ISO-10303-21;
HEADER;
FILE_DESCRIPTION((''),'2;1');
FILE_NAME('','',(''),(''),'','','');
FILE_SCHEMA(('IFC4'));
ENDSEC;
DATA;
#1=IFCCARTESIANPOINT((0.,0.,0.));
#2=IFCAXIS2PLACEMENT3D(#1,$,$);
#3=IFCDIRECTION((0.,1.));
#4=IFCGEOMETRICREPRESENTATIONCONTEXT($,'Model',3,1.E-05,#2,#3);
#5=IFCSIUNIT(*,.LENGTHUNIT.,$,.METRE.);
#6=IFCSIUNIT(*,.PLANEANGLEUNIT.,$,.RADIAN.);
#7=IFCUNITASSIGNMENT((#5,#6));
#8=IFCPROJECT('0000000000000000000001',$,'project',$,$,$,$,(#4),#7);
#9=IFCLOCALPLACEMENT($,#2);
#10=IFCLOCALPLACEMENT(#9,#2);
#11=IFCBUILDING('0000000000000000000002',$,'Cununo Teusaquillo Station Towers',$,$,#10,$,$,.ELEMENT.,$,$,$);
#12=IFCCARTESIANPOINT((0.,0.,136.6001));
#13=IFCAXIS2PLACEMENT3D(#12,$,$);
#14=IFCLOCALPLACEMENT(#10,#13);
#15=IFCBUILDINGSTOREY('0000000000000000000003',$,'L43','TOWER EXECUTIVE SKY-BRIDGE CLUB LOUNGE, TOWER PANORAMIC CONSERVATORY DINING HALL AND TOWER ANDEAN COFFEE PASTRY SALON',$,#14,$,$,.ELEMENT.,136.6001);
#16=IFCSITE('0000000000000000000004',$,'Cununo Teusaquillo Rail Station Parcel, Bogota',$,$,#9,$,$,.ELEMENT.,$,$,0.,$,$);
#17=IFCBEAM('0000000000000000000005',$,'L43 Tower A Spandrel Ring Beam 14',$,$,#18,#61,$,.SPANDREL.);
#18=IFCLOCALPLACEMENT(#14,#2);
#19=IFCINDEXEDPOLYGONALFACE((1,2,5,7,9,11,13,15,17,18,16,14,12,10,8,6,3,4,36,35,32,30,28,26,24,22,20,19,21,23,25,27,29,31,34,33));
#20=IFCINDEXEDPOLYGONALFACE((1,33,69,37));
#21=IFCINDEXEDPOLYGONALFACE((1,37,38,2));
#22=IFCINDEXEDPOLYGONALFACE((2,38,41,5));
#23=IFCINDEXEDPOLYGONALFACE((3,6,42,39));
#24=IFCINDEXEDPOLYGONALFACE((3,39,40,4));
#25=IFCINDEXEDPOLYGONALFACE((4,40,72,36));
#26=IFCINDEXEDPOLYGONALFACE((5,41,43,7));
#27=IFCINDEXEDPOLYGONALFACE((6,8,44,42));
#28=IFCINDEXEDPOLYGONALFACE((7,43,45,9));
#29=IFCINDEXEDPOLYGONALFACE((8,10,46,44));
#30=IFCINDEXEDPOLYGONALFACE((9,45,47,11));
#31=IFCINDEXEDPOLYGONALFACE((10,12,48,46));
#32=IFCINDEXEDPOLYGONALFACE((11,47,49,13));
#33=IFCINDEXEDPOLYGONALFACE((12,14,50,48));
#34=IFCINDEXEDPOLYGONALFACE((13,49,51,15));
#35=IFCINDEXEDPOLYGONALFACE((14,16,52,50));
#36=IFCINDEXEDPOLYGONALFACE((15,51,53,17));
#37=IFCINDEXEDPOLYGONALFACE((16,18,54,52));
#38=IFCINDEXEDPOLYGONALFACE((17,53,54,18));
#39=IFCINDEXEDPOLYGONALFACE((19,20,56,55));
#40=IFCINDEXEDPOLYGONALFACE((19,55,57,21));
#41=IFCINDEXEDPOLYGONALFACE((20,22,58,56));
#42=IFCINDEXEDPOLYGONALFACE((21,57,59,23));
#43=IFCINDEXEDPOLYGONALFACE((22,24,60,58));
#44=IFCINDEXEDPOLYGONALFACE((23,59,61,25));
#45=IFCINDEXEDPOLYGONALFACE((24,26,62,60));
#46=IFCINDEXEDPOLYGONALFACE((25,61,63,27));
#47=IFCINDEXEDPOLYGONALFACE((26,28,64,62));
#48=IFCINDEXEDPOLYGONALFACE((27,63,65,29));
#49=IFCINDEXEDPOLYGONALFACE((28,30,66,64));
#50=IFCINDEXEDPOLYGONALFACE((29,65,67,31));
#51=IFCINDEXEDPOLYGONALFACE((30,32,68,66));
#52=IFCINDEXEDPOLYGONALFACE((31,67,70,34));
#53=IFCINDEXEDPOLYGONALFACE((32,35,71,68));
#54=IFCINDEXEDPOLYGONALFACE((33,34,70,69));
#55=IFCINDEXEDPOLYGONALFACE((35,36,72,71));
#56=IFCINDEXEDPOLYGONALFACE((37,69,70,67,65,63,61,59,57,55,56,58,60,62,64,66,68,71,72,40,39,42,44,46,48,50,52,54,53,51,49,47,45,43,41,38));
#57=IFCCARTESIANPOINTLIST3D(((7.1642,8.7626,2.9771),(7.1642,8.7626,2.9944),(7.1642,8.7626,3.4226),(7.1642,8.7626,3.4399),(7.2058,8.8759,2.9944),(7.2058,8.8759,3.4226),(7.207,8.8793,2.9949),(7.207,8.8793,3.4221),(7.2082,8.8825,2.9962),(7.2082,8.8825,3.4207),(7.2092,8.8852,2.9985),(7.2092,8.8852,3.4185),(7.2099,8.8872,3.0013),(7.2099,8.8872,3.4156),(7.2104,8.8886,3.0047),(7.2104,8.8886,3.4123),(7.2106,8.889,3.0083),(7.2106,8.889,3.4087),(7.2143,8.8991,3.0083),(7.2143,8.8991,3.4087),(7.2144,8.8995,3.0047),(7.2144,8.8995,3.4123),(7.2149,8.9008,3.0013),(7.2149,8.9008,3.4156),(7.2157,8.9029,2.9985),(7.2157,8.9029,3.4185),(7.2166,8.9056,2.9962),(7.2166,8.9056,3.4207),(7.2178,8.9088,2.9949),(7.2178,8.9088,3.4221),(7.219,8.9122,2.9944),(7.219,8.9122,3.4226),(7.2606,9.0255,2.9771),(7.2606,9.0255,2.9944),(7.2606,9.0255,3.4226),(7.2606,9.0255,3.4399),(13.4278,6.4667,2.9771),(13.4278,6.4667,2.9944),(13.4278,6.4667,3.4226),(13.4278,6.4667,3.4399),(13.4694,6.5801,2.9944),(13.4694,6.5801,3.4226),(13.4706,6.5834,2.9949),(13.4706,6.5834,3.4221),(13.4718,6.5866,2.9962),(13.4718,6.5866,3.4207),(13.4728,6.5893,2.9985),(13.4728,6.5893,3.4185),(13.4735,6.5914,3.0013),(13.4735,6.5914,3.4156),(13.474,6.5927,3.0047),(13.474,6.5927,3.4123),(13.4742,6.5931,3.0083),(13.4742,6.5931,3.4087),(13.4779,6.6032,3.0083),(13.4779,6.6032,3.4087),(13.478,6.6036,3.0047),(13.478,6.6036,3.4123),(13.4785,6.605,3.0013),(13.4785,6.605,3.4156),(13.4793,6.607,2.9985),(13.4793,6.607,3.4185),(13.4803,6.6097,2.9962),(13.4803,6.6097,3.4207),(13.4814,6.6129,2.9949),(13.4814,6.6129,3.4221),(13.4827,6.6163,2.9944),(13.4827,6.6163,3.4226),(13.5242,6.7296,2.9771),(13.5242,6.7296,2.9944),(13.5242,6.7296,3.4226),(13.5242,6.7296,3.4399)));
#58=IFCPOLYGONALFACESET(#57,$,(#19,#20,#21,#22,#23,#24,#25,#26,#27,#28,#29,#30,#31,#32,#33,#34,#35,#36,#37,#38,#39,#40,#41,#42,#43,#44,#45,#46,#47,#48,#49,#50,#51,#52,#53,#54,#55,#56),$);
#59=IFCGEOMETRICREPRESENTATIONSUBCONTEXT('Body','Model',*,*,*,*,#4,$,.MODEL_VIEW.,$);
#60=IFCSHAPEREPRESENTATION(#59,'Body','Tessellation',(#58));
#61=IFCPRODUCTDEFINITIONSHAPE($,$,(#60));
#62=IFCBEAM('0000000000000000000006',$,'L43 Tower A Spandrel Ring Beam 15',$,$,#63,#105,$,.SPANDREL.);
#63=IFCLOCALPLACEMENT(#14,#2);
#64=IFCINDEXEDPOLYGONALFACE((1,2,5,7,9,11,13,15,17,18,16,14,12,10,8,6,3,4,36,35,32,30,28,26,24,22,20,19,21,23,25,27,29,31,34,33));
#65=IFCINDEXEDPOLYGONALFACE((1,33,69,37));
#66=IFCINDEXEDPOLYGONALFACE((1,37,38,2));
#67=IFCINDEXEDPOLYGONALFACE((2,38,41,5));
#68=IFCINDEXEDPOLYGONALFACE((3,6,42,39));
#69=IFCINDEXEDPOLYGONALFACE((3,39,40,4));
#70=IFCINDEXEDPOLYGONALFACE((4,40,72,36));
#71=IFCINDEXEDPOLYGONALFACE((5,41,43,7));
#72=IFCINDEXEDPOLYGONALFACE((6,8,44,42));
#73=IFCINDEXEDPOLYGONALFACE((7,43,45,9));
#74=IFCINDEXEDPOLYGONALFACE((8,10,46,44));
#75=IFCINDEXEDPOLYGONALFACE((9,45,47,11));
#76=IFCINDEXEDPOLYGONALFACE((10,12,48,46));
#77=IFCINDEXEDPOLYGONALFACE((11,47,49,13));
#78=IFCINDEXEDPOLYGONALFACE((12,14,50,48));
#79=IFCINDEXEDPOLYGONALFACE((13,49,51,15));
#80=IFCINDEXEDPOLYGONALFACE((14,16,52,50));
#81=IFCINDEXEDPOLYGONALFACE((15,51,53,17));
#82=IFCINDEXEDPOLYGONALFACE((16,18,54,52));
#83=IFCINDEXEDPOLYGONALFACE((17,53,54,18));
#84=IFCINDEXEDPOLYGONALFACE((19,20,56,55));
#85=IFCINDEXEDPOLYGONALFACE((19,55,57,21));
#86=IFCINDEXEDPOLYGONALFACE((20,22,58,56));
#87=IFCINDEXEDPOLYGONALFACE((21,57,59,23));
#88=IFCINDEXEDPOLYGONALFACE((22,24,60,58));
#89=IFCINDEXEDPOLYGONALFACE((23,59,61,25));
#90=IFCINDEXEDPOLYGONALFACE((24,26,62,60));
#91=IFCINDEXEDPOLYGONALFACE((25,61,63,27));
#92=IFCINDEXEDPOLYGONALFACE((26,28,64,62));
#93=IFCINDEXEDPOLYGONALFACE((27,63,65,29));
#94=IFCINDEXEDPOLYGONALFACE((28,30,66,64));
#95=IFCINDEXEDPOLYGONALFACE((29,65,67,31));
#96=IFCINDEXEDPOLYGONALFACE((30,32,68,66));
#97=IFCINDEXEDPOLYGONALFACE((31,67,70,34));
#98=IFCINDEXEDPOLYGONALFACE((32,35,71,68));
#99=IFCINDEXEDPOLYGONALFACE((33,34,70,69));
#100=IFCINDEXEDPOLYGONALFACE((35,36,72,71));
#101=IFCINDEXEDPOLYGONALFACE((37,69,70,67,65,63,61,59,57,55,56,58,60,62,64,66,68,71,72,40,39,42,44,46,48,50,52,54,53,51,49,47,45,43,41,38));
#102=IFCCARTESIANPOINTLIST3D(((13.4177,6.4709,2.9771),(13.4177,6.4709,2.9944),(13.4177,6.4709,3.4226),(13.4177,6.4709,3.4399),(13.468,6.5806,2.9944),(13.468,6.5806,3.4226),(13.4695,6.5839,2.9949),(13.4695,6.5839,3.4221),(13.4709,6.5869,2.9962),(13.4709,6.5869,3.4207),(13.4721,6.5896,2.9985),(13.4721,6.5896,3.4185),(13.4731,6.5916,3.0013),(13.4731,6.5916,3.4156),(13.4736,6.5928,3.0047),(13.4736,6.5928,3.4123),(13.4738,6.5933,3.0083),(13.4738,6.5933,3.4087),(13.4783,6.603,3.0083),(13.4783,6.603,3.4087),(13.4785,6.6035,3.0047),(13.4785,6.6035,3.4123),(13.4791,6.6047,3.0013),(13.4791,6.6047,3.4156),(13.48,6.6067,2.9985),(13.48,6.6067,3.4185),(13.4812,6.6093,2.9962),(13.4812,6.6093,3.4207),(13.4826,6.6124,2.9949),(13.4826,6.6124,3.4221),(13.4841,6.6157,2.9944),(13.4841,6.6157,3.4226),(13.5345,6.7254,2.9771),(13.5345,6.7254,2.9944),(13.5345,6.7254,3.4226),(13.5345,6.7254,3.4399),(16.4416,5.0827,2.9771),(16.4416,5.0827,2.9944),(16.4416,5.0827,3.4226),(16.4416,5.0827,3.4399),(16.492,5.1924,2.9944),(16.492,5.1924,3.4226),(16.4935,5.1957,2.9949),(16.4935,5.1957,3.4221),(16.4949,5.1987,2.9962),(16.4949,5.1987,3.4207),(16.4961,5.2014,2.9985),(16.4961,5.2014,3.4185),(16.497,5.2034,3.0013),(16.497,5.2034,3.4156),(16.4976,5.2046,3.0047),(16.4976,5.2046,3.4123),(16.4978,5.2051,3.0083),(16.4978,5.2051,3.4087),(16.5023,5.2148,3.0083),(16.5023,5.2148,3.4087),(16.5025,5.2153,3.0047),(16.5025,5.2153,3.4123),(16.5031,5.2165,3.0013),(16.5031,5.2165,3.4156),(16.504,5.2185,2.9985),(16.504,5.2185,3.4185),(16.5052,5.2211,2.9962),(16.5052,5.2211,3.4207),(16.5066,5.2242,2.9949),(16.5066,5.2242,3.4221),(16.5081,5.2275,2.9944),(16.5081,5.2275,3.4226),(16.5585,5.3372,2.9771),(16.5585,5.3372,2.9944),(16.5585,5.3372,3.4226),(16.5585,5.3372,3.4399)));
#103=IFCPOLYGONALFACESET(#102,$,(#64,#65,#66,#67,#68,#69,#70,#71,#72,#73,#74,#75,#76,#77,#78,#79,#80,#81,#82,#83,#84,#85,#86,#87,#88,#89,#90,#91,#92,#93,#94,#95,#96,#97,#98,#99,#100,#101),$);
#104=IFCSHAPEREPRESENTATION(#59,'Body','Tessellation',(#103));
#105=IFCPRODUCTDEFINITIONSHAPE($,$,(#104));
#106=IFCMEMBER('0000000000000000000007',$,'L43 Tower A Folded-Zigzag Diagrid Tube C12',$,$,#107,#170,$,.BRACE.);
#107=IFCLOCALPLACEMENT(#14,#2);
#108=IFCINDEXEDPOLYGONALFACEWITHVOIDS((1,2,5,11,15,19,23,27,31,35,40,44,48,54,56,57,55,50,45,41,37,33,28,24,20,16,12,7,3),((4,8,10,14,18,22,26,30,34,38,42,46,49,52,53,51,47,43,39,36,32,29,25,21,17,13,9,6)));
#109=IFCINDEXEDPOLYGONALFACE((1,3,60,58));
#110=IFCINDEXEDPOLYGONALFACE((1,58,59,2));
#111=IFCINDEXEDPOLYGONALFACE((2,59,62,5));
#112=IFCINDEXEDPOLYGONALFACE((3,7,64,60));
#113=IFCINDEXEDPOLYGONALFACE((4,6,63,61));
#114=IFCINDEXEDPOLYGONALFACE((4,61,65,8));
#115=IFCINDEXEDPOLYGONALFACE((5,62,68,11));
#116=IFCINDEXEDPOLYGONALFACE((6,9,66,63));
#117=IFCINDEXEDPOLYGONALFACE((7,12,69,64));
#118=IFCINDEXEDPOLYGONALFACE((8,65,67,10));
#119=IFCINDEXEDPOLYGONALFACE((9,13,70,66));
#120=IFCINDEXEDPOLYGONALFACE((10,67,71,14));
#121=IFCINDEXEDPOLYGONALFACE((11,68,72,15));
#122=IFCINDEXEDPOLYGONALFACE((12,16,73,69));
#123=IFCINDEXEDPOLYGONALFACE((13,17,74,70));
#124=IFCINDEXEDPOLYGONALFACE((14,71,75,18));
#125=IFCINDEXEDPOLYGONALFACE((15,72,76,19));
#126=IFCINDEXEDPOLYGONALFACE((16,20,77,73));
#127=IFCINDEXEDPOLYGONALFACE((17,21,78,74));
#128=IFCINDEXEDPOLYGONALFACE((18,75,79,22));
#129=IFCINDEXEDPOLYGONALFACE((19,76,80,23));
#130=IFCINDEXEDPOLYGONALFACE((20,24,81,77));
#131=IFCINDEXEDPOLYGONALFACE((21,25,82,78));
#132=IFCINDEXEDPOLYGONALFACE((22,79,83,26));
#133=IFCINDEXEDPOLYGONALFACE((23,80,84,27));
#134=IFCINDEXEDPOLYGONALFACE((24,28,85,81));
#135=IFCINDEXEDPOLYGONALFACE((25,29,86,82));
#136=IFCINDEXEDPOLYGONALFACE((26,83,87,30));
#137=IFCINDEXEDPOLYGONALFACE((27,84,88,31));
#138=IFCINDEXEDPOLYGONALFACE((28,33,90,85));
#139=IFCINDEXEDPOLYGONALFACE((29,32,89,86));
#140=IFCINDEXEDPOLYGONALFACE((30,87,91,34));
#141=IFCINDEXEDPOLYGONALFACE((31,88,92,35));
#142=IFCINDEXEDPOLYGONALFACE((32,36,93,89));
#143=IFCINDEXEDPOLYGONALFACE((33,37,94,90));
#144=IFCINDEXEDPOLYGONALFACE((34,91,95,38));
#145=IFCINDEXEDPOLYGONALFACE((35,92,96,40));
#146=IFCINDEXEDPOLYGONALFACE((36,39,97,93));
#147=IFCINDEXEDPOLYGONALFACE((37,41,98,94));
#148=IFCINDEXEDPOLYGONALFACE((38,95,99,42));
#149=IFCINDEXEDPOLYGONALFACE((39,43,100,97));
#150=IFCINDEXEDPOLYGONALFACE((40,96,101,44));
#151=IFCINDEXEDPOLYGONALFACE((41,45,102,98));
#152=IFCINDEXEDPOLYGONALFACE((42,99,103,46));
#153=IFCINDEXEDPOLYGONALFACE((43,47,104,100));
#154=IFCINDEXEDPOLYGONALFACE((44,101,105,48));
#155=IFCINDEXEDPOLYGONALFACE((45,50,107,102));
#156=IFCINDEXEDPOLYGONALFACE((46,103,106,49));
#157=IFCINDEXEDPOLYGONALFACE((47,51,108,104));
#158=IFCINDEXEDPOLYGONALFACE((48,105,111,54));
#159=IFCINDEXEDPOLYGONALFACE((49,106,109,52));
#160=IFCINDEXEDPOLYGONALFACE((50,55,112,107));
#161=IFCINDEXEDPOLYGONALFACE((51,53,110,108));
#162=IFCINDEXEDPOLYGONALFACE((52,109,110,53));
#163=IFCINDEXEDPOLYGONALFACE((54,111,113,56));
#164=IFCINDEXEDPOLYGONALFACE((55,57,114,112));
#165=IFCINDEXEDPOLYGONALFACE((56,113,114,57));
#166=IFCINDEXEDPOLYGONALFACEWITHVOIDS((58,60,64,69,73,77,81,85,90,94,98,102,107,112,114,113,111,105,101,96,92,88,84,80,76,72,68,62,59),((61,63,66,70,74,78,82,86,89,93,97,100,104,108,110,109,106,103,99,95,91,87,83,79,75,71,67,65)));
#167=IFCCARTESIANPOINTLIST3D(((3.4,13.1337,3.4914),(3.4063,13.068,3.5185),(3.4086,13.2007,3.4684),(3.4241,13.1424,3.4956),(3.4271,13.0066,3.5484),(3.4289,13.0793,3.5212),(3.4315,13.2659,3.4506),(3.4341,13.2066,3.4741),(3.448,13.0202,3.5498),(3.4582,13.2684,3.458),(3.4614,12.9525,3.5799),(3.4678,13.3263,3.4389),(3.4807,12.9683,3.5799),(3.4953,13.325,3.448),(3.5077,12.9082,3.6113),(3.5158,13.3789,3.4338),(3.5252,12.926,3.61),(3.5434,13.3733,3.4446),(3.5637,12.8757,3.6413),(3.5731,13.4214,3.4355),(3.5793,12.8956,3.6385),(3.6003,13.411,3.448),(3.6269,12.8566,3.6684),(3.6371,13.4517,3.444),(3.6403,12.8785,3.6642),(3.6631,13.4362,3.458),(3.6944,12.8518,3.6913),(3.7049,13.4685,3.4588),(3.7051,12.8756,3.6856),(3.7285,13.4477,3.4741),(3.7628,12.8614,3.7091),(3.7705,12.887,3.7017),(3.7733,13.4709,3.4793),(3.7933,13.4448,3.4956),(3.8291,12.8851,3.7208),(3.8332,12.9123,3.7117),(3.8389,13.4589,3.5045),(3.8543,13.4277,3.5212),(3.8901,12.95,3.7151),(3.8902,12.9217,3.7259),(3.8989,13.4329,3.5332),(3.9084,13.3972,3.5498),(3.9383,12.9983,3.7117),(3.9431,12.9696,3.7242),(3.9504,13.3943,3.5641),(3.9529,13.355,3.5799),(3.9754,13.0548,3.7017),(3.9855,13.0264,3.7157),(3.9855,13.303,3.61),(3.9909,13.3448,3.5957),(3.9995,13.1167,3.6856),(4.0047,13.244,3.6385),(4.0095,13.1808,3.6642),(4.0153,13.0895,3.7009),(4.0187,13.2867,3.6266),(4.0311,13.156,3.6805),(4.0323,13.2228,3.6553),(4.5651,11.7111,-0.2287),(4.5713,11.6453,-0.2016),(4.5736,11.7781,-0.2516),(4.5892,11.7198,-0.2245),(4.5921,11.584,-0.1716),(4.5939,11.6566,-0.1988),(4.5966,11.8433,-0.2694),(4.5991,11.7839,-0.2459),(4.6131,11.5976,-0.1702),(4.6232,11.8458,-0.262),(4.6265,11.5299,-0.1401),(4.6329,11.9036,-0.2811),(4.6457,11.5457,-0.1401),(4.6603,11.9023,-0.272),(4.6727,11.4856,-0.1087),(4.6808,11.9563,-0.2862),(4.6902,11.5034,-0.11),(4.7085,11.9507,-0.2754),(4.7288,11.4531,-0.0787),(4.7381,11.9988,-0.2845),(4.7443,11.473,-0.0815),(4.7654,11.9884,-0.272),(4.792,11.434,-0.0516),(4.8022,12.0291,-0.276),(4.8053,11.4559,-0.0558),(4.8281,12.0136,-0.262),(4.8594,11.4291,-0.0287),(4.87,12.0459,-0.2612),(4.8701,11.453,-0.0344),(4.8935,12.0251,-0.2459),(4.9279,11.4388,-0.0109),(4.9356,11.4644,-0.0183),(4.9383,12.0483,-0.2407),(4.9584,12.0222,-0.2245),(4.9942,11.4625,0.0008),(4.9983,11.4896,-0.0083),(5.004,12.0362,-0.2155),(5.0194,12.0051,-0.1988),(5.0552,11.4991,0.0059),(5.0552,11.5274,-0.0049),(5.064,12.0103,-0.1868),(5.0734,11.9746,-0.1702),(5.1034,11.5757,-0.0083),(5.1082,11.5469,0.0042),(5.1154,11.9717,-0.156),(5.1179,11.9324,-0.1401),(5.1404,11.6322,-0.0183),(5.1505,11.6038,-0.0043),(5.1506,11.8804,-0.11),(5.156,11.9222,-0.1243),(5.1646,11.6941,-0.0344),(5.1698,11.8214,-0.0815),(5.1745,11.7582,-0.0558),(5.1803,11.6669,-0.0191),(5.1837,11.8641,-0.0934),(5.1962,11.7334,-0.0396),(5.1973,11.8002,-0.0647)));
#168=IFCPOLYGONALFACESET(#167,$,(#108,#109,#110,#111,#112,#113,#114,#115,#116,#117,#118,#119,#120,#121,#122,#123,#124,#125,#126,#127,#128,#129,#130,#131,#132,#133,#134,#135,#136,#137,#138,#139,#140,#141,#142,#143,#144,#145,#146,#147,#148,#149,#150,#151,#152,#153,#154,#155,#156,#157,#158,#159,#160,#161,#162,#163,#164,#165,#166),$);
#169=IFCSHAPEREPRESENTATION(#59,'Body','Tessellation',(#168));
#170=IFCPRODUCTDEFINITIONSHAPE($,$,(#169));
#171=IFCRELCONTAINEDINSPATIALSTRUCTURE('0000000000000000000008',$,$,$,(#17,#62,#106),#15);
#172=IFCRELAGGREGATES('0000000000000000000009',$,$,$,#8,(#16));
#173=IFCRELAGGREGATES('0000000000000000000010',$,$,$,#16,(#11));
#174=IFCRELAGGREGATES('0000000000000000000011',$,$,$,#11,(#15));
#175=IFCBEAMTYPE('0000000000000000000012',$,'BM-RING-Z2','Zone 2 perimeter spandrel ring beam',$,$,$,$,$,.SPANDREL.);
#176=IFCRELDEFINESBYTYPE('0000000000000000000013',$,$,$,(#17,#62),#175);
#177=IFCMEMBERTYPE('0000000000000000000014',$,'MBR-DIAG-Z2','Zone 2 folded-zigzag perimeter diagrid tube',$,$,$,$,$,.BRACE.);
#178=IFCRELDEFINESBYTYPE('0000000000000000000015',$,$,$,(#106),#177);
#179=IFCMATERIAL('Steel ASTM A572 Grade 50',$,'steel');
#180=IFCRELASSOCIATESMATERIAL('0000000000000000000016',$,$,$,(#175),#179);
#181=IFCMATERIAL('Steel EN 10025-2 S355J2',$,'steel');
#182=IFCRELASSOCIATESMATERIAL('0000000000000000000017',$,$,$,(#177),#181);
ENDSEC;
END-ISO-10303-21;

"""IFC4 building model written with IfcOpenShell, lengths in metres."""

from ifc_helpers import new_model, si_unit, direction, frame, origin, origin_2d, place, context, subcontext, project, spatial, hollow_circle, i_section, extrude, material, material_profile, profile_set, type_object, element, save


model = new_model("IFC4")

# Units and contexts
model_context = context("Model", 3, precision=1e-05, world=origin(), true_north=direction((0.0, 1.0)))
body_context = subcontext(model_context, "Body", "Model", "MODEL_VIEW")
ifc_project = project(units=[si_unit("LENGTHUNIT", "METRE"), si_unit("PLANEANGLEUNIT", "RADIAN")], contexts=[model_context])

# Site, building, storey
site_placement = place(None, origin())
site = spatial("IfcSite", under=ifc_project, at=site_placement, Name="Cununo Teusaquillo Rail Station Parcel, Bogota", CompositionType="ELEMENT", RefElevation=0.0)
building_placement = place(site_placement, origin())
building = spatial("IfcBuilding", under=site, at=building_placement, Name="Cununo Teusaquillo Station Towers", CompositionType="ELEMENT")
storey_placement = place(building_placement, frame((0.0, 0.0, 136.6001)))
storey = spatial("IfcBuildingStorey", under=building, at=storey_placement, Name="L43", Description="TOWER EXECUTIVE SKY-BRIDGE CLUB LOUNGE, TOWER PANORAMIC CONSERVATORY DINING HALL AND TOWER ANDEAN COFFEE PASTRY SALON", CompositionType="ELEMENT", Elevation=136.6001)

# Beams
ifc_material_1 = material(Name="Steel ASTM A572 Grade 50", Category="steel")
ifc_material_profile_1 = material_profile(ifc_material_1, i_section(OverallWidth=0.28, OverallDepth=0.4629, WebThickness=0.0107, FlangeThickness=0.0173, FilletRadius=0.0139, at=origin_2d()), Name="W18X76")
ifc_profile_set_1 = profile_set([ifc_material_profile_1], Name="Steel ASTM A572 Grade 50")
beam_type_1 = type_object("IfcBeamType", Name="BM-RING-Z2", Description="Zone 2 perimeter spandrel ring beam", PredefinedType="SPANDREL", material=ifc_profile_set_1)
beam_1_placement = place(storey_placement, frame((7.2124, 8.894, 3.2085), z_axis=(0.938914, -0.344151, 0.0), x_axis=(0.344151, 0.938914, 0.0)))
element("IfcBeam", 1, at=beam_1_placement, inside=storey, type_object=beam_type_1, Name="L43 Tower A Spandrel Ring Beam 14", PredefinedType="SPANDREL", context=body_context, shape_type="SweptSolid", body=[
    extrude(i_section(OverallWidth=0.28, OverallDepth=0.4629, WebThickness=0.0107, FlangeThickness=0.0173, FilletRadius=0.0139, at=origin_2d()), origin(), (0.0, 0.0, 1.0), 6.6711),
])
beam_2_placement = place(storey_placement, frame((13.4761, 6.5981, 3.2085), z_axis=(0.908812, -0.417205, 0.0), x_axis=(0.417205, 0.908812, 0.0)))
element("IfcBeam", 2, at=beam_2_placement, inside=storey, type_object=beam_type_1, Name="L43 Tower A Spandrel Ring Beam 15", PredefinedType="SPANDREL", context=body_context, shape_type="SweptSolid", body=[
    extrude(i_section(OverallWidth=0.28, OverallDepth=0.4629, WebThickness=0.0107, FlangeThickness=0.0173, FilletRadius=0.0139, at=origin_2d()), origin(), (0.0, 0.0, 1.0), 3.3274),
])

# Member
ifc_material_2 = material(Name="Steel EN 10025-2 S355J2", Category="steel")
ifc_material_profile_2 = material_profile(ifc_material_2, hollow_circle(Radius=0.3301, WallThickness=0.0249, at=origin_2d()), Name="CHS 660x25")
ifc_profile_set_2 = profile_set([ifc_material_profile_2], Name="Steel EN 10025-2 S355J2")
member_type = type_object("IfcMemberType", Name="MBR-DIAG-Z2", Description="Zone 2 folded-zigzag perimeter diagrid tube", PredefinedType="BRACE", material=ifc_profile_set_2)
member_placement = place(storey_placement, frame((4.8818, 11.739, -0.1401), z_axis=(-0.280758, 0.342829, 0.896462), x_axis=(-0.773667, -0.633592, 0.0)))
element("IfcMember", 3, at=member_placement, inside=storey, type_object=member_type, Name="L43 Tower A Folded-Zigzag Diagrid Tube C12", PredefinedType="BRACE", context=body_context, shape_type="SweptSolid", body=[
    extrude(hollow_circle(Radius=0.3301, WallThickness=0.0249, at=origin_2d()), origin(), (0.0, 0.0, 1.0), 4.1497),
])

save(model, "model.ifc")
